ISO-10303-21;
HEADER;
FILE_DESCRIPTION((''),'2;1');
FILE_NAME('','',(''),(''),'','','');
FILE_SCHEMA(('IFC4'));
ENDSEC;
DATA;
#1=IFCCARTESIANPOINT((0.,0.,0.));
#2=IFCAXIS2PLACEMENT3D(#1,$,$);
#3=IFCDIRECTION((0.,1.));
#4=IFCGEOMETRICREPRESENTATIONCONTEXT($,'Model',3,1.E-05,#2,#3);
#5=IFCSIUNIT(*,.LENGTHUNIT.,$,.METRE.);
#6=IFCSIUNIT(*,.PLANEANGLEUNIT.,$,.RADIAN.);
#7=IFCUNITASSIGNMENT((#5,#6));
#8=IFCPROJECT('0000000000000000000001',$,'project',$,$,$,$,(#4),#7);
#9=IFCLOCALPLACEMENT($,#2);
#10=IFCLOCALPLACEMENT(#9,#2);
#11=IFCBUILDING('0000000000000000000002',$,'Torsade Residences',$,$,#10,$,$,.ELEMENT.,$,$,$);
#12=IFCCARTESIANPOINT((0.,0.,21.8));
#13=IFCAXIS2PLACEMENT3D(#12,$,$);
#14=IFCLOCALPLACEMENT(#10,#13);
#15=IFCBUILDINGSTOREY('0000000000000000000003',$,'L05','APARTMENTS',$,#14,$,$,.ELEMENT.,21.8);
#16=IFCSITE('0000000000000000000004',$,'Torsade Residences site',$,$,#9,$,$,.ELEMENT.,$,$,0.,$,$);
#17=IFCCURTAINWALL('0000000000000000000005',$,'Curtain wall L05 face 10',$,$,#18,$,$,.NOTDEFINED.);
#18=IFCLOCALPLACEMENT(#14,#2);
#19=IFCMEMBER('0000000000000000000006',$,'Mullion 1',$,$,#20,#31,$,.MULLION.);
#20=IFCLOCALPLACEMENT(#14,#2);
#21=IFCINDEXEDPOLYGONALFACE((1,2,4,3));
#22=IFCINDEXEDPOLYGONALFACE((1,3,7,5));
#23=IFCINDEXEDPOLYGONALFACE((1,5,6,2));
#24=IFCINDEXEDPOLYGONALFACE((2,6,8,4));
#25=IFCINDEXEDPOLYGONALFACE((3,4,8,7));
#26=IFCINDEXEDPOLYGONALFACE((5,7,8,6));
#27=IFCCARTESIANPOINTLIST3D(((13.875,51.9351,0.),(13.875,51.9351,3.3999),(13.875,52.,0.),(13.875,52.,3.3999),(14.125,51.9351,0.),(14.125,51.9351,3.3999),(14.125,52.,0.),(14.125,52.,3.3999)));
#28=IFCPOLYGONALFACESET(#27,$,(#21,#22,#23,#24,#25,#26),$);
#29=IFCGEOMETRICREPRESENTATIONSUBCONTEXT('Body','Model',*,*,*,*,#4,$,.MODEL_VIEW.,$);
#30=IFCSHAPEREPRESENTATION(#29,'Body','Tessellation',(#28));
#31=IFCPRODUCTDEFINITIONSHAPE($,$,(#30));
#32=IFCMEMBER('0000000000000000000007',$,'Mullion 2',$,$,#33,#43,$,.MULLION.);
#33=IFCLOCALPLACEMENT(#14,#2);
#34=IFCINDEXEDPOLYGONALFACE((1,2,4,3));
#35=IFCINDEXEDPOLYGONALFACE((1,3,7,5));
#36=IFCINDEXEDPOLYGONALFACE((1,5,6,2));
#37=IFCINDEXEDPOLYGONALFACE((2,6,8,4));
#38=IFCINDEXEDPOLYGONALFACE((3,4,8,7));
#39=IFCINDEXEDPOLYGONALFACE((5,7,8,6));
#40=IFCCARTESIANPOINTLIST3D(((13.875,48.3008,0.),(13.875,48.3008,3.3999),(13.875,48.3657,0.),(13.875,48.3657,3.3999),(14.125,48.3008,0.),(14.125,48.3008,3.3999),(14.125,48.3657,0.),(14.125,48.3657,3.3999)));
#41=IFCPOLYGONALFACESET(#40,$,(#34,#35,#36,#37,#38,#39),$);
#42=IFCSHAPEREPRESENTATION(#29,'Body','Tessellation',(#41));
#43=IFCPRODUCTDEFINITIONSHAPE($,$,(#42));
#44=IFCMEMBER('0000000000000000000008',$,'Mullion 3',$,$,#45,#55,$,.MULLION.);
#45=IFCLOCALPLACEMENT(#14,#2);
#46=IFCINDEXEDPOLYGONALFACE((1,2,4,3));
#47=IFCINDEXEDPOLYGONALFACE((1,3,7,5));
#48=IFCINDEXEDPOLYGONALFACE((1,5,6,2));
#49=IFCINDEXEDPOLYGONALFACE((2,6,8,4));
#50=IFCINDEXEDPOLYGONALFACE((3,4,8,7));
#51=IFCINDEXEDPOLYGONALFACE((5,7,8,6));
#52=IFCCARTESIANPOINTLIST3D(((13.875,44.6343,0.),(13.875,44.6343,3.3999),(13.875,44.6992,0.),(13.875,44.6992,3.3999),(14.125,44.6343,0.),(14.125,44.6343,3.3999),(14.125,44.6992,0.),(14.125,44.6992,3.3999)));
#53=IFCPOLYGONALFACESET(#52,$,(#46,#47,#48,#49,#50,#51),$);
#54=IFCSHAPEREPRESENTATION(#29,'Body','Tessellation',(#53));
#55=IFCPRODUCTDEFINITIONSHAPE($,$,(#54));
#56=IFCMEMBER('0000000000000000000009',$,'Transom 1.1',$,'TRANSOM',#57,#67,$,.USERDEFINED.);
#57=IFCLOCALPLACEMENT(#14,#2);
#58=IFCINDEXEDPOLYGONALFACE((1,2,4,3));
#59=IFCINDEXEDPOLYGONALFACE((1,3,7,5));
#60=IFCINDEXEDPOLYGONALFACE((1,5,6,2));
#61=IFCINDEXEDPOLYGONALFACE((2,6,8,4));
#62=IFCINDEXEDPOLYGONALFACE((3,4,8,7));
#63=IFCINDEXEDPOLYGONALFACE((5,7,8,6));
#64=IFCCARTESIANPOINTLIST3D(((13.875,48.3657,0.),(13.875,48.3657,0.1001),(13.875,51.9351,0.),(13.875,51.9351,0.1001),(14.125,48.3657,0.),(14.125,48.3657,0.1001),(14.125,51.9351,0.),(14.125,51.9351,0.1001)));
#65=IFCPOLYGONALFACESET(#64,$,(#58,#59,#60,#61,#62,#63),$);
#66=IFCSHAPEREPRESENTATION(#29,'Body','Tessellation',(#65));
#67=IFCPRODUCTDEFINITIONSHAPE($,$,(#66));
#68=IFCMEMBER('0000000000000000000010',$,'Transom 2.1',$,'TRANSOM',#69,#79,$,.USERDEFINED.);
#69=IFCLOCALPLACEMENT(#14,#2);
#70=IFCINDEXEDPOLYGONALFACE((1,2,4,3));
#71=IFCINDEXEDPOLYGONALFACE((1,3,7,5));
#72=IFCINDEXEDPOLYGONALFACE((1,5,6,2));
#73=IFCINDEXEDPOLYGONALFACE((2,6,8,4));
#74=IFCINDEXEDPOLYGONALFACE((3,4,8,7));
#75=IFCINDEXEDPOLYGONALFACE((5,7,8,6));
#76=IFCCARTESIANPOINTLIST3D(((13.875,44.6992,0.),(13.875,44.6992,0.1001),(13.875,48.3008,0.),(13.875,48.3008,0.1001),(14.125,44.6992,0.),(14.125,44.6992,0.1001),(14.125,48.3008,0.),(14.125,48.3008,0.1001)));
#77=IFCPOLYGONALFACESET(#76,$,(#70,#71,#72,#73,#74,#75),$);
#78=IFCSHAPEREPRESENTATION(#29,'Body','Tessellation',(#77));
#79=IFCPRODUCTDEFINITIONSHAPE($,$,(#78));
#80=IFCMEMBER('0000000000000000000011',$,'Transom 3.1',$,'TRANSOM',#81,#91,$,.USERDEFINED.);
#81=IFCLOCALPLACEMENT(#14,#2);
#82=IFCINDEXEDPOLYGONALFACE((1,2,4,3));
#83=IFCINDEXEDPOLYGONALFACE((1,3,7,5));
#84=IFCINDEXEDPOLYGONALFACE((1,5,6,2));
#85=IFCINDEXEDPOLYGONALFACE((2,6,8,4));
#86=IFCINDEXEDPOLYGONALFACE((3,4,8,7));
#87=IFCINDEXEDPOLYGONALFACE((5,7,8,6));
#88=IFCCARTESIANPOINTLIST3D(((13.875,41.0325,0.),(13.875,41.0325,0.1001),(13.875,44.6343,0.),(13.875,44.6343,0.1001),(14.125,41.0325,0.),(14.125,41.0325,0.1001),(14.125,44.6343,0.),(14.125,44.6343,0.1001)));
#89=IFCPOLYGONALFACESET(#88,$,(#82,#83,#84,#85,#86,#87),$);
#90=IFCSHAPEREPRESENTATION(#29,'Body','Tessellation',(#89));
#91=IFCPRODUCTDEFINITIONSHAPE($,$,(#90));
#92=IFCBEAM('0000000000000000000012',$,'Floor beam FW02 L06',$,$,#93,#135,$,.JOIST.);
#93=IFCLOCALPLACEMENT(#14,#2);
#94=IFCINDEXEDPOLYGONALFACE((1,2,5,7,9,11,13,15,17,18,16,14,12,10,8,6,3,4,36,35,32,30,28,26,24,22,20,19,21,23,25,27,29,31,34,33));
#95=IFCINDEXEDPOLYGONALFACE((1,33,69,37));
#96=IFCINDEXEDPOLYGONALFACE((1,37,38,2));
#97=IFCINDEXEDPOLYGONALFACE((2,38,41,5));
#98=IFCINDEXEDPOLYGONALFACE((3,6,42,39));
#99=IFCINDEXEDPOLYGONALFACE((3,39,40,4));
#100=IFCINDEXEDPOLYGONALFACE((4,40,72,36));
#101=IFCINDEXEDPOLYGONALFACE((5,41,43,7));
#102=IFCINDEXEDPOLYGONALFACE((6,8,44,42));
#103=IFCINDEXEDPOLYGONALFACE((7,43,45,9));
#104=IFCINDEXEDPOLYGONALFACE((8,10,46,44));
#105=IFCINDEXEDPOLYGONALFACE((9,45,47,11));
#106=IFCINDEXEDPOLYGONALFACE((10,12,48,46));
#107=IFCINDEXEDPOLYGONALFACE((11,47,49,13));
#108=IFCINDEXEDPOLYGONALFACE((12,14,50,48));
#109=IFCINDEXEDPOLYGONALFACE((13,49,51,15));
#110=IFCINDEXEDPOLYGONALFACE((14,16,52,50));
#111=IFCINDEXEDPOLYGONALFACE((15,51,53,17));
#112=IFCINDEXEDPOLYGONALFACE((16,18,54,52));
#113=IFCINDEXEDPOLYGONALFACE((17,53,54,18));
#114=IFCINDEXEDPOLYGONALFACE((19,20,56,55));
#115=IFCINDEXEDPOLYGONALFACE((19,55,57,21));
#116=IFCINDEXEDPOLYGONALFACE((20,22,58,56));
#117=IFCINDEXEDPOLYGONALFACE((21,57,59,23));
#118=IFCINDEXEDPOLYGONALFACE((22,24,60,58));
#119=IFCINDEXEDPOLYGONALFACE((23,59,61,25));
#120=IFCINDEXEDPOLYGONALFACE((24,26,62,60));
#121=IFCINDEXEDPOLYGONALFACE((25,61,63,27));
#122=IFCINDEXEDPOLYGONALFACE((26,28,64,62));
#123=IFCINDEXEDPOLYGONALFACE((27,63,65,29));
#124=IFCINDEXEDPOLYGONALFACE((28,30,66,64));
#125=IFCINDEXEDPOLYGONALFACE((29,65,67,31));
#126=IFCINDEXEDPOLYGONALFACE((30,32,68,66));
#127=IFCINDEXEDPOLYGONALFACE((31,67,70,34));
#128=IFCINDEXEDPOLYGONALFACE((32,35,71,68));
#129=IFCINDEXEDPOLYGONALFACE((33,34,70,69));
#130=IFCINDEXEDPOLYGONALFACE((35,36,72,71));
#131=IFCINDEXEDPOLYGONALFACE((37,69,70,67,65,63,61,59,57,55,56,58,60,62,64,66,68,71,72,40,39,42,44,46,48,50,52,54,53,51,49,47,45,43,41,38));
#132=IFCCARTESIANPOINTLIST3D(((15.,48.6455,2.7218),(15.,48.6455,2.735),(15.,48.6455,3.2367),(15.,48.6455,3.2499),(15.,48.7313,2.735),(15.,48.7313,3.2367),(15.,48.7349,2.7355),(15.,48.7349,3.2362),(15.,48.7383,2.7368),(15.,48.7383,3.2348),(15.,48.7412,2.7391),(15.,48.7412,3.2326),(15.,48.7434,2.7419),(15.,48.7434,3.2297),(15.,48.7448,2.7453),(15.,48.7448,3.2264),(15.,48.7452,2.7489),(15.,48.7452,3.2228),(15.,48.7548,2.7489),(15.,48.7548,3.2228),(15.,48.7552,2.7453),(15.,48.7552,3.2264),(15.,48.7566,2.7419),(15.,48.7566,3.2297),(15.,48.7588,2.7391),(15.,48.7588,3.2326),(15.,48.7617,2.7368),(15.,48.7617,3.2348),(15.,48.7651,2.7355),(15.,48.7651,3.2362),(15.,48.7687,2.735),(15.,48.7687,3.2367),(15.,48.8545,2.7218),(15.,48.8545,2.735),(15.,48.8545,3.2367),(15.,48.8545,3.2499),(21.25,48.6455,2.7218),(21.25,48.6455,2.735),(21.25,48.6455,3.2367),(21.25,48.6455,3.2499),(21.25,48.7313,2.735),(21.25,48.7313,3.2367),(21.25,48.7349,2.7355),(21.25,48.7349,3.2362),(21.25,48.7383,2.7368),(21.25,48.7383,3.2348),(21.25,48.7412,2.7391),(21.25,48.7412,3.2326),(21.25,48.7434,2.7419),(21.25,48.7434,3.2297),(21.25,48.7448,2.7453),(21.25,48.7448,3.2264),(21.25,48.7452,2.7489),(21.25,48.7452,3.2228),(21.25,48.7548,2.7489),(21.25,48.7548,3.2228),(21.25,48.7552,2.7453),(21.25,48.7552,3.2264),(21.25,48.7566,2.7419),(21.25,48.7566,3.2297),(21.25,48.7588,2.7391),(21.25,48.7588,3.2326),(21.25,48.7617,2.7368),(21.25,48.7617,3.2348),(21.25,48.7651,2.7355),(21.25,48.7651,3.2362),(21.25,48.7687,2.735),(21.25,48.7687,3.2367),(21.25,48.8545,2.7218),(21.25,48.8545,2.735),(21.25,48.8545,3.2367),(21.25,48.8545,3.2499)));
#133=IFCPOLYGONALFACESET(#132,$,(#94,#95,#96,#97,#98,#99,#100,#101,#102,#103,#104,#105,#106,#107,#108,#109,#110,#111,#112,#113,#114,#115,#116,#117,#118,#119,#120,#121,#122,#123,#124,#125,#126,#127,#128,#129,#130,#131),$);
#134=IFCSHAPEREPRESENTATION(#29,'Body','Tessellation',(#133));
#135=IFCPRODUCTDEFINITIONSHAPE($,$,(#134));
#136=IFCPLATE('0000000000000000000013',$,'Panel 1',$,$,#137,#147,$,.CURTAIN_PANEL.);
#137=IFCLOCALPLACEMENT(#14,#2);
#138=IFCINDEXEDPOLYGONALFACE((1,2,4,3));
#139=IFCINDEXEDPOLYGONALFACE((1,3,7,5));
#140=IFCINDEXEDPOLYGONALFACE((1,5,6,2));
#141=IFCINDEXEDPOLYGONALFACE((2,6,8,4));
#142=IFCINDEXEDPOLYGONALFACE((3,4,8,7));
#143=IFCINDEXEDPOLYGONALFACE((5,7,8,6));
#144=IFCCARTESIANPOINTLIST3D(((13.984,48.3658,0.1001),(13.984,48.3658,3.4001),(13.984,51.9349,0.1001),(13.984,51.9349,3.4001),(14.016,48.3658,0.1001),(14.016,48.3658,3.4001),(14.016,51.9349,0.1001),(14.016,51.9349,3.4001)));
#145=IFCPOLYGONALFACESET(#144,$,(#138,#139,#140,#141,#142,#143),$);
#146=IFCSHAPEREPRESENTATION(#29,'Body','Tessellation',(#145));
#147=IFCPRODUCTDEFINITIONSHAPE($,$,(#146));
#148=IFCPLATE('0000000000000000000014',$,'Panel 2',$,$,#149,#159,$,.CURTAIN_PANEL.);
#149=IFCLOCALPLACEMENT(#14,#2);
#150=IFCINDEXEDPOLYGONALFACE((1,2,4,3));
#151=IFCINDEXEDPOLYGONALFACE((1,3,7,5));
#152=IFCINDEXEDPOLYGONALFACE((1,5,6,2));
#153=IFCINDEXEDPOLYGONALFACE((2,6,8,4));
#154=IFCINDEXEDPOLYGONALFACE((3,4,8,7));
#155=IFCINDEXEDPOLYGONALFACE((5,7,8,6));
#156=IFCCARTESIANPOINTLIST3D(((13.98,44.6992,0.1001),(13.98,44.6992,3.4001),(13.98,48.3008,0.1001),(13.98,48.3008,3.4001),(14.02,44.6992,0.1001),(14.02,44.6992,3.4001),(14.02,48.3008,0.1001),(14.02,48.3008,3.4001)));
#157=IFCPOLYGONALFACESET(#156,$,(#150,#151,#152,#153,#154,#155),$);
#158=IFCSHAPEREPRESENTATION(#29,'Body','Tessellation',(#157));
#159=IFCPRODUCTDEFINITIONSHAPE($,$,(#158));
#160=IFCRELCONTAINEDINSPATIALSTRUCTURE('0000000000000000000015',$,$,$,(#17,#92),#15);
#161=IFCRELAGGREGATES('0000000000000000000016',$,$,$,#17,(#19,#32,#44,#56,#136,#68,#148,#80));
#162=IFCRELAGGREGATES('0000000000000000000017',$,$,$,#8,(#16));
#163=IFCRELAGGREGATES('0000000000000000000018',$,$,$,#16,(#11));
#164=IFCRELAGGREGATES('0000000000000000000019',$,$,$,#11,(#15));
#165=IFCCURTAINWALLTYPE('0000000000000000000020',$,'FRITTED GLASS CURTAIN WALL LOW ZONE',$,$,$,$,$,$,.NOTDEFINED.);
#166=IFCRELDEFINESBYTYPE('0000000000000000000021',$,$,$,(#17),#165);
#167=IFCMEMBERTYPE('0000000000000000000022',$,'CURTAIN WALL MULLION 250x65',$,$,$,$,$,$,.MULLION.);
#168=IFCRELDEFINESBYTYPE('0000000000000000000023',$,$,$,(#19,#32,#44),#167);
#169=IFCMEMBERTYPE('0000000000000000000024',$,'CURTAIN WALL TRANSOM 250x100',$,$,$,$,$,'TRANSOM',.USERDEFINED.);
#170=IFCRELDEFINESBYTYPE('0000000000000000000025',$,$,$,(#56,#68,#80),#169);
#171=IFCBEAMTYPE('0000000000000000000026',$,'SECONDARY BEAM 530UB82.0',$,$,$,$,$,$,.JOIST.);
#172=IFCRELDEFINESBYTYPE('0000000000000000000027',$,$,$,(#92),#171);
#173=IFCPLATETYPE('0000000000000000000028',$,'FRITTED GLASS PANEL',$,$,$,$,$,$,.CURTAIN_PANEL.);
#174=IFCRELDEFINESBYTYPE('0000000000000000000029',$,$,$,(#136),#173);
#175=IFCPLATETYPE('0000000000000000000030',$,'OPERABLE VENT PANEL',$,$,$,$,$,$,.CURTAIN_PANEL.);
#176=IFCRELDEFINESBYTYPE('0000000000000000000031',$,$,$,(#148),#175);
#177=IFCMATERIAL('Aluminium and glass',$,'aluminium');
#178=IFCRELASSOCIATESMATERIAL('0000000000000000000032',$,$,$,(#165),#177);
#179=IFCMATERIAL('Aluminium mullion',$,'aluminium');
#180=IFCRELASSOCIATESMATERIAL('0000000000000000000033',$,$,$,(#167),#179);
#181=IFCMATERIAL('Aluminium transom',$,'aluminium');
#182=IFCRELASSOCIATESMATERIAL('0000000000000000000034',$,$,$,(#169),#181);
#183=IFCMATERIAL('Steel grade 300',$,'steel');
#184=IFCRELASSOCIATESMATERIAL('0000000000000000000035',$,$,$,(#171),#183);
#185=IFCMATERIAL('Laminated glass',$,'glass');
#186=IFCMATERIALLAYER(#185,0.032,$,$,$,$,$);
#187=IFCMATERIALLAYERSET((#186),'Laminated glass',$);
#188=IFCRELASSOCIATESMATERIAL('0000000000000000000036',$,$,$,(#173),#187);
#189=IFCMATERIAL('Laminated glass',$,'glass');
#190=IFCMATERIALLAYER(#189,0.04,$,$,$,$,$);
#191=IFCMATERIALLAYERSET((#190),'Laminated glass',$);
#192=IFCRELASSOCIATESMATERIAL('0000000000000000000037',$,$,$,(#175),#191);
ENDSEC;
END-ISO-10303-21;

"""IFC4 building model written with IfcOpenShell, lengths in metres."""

from ifc_helpers import new_model, si_unit, direction, frame, origin, origin_2d, place, context, subcontext, project, spatial, rectangle, i_section, extrude, material, layer, layer_set, material_profile, profile_set, type_object, element, aggregate, save


model = new_model("IFC4")

# Units and contexts
model_context = context("Model", 3, precision=1e-05, world=origin(), true_north=direction((0.0, 1.0)))
body_context = subcontext(model_context, "Body", "Model", "MODEL_VIEW")
ifc_project = project(units=[si_unit("LENGTHUNIT", "METRE"), si_unit("PLANEANGLEUNIT", "RADIAN")], contexts=[model_context])

# Site, building, storey
site_placement = place(None, origin())
site = spatial("IfcSite", under=ifc_project, at=site_placement, Name="Torsade Residences site", CompositionType="ELEMENT", RefElevation=0.0)
building_placement = place(site_placement, origin())
building = spatial("IfcBuilding", under=site, at=building_placement, Name="Torsade Residences", CompositionType="ELEMENT")
storey_placement = place(building_placement, frame((0.0, 0.0, 21.8)))
storey = spatial("IfcBuildingStorey", under=building, at=storey_placement, Name="L05", Description="APARTMENTS", CompositionType="ELEMENT", Elevation=21.8)

# Curtain wall, members
ifc_material_1 = material(Name="Aluminium and glass", Category="aluminium")
curtain_wall_type = type_object("IfcCurtainWallType", Name="FRITTED GLASS CURTAIN WALL LOW ZONE", PredefinedType="NOTDEFINED", material=ifc_material_1)
curtain_wall_placement = place(storey_placement, origin())
curtain_wall = element("IfcCurtainWall", 1, at=curtain_wall_placement, inside=storey, type_object=curtain_wall_type, Name="Curtain wall L05 face 10", PredefinedType="NOTDEFINED")
ifc_material_2 = material(Name="Aluminium mullion", Category="aluminium")
ifc_material_profile_1 = material_profile(ifc_material_2, rectangle(XDim=0.25, YDim=0.0649, at=origin_2d()), Name="CURTAIN WALL MULLION 250x65")
ifc_profile_set_1 = profile_set([ifc_material_profile_1], Name="Aluminium mullion")
member_type_1 = type_object("IfcMemberType", Name="CURTAIN WALL MULLION 250x65", PredefinedType="MULLION", material=ifc_profile_set_1)
member_1_placement = place(storey_placement, frame((14.0, 51.9675, 0.0), z_axis=(0.0, 0.0, 1.0), x_axis=(1.0, 0.0, 0.0)))
member_1 = element("IfcMember", 2, at=member_1_placement, type_object=member_type_1, Name="Mullion 1", PredefinedType="MULLION", context=body_context, shape_type="SweptSolid", body=[
    extrude(rectangle(XDim=0.25, YDim=0.0649, at=origin_2d()), origin(), (0.0, 0.0, 1.0), 3.3999),
])
member_2_placement = place(storey_placement, frame((14.0, 48.3333, 0.0), z_axis=(0.0, 0.0, 1.0), x_axis=(1.0, 0.0, 0.0)))
member_2 = element("IfcMember", 3, at=member_2_placement, type_object=member_type_1, Name="Mullion 2", PredefinedType="MULLION", context=body_context, shape_type="SweptSolid", body=[
    extrude(rectangle(XDim=0.25, YDim=0.0649, at=origin_2d()), origin(), (0.0, 0.0, 1.0), 3.3999),
])
member_3_placement = place(storey_placement, frame((14.0, 44.6667, 0.0), z_axis=(0.0, 0.0, 1.0), x_axis=(1.0, 0.0, 0.0)))
member_3 = element("IfcMember", 4, at=member_3_placement, type_object=member_type_1, Name="Mullion 3", PredefinedType="MULLION", context=body_context, shape_type="SweptSolid", body=[
    extrude(rectangle(XDim=0.25, YDim=0.0649, at=origin_2d()), origin(), (0.0, 0.0, 1.0), 3.3999),
])
ifc_material_3 = material(Name="Aluminium transom", Category="aluminium")
ifc_material_profile_2 = material_profile(ifc_material_3, rectangle(XDim=0.25, YDim=0.1001, at=origin_2d()), Name="CURTAIN WALL TRANSOM 250x100")
ifc_profile_set_2 = profile_set([ifc_material_profile_2], Name="Aluminium transom")
member_type_2 = type_object("IfcMemberType", Name="CURTAIN WALL TRANSOM 250x100", ElementType="TRANSOM", PredefinedType="USERDEFINED", material=ifc_profile_set_2)
member_4_placement = place(storey_placement, frame((14.0, 51.9351, 0.05), z_axis=(0.0, -1.0, 0.0), x_axis=(1.0, 0.0, 0.0)))
member_4 = element("IfcMember", 5, at=member_4_placement, type_object=member_type_2, Name="Transom 1.1", ObjectType="TRANSOM", PredefinedType="USERDEFINED", context=body_context, shape_type="SweptSolid", body=[
    extrude(rectangle(XDim=0.25, YDim=0.1001, at=origin_2d()), origin(), (0.0, 0.0, 1.0), 3.5693),
])
member_5_placement = place(storey_placement, frame((14.0, 48.3008, 0.05), z_axis=(0.0, -1.0, 0.0), x_axis=(1.0, 0.0, 0.0)))
member_5 = element("IfcMember", 6, at=member_5_placement, type_object=member_type_2, Name="Transom 2.1", ObjectType="TRANSOM", PredefinedType="USERDEFINED", context=body_context, shape_type="SweptSolid", body=[
    extrude(rectangle(XDim=0.25, YDim=0.1001, at=origin_2d()), origin(), (0.0, 0.0, 1.0), 3.6016),
])
member_6_placement = place(storey_placement, frame((14.0, 44.6343, 0.05), z_axis=(0.0, -1.0, 0.0), x_axis=(1.0, 0.0, 0.0)))
member_6 = element("IfcMember", 7, at=member_6_placement, type_object=member_type_2, Name="Transom 3.1", ObjectType="TRANSOM", PredefinedType="USERDEFINED", context=body_context, shape_type="SweptSolid", body=[
    extrude(rectangle(XDim=0.25, YDim=0.1001, at=origin_2d()), origin(), (0.0, 0.0, 1.0), 3.6018),
])

# Beam
ifc_material_4 = material(Name="Steel grade 300", Category="steel")
ifc_material_profile_3 = material_profile(ifc_material_4, i_section(OverallWidth=0.209, OverallDepth=0.5281, WebThickness=0.0095, FlangeThickness=0.0132, FilletRadius=0.0139, at=origin_2d()), Name="530UB82.0")
ifc_profile_set_3 = profile_set([ifc_material_profile_3], Name="Steel grade 300")
beam_type = type_object("IfcBeamType", Name="SECONDARY BEAM 530UB82.0", PredefinedType="JOIST", material=ifc_profile_set_3)
beam_placement = place(storey_placement, frame((15.0, 48.75, 2.9858), z_axis=(1.0, 0.0, 0.0), x_axis=(0.0, 1.0, 0.0)))
element("IfcBeam", 8, at=beam_placement, inside=storey, type_object=beam_type, Name="Floor beam FW02 L06", PredefinedType="JOIST", context=body_context, shape_type="SweptSolid", body=[
    extrude(i_section(OverallWidth=0.209, OverallDepth=0.5281, WebThickness=0.0095, FlangeThickness=0.0132, FilletRadius=0.0139, at=origin_2d()), origin(), (0.0, 0.0, 1.0), 6.25),
])

# Plates
ifc_material_5 = material(Name="Laminated glass", Category="glass")
ifc_layer_1 = layer(ifc_material_5, 0.032)
ifc_layer_set_1 = layer_set([ifc_layer_1], Name="Laminated glass")
plate_type_1 = type_object("IfcPlateType", Name="FRITTED GLASS PANEL", PredefinedType="CURTAIN_PANEL", material=ifc_layer_set_1)
plate_1_placement = place(storey_placement, frame((14.0, 50.1504, 0.1001), z_axis=(0.0, 0.0, 1.0), x_axis=(0.0, -1.0, 0.0)))
plate_1 = element("IfcPlate", 9, at=plate_1_placement, type_object=plate_type_1, Name="Panel 1", PredefinedType="CURTAIN_PANEL", context=body_context, shape_type="SweptSolid", body=[
    extrude(rectangle(XDim=3.5691, YDim=0.032, at=origin_2d()), origin(), (0.0, 0.0, 1.0), 3.3),
])
ifc_material_6 = material(Name="Laminated glass", Category="glass")
ifc_layer_2 = layer(ifc_material_6, 0.04)
ifc_layer_set_2 = layer_set([ifc_layer_2], Name="Laminated glass")
plate_type_2 = type_object("IfcPlateType", Name="OPERABLE VENT PANEL", PredefinedType="CURTAIN_PANEL", material=ifc_layer_set_2)
plate_2_placement = place(storey_placement, frame((14.0, 46.5, 0.1001), z_axis=(0.0, 0.0, 1.0), x_axis=(0.0, -1.0, 0.0)))
plate_2 = element("IfcPlate", 10, at=plate_2_placement, type_object=plate_type_2, Name="Panel 2", PredefinedType="CURTAIN_PANEL", context=body_context, shape_type="SweptSolid", body=[
    extrude(rectangle(XDim=3.6016, YDim=0.04, at=origin_2d()), origin(), (0.0, 0.0, 1.0), 3.3),
])
aggregate(curtain_wall, [member_1, member_2, member_3, member_4, plate_1, member_5, plate_2, member_6])

save(model, "model.ifc")
